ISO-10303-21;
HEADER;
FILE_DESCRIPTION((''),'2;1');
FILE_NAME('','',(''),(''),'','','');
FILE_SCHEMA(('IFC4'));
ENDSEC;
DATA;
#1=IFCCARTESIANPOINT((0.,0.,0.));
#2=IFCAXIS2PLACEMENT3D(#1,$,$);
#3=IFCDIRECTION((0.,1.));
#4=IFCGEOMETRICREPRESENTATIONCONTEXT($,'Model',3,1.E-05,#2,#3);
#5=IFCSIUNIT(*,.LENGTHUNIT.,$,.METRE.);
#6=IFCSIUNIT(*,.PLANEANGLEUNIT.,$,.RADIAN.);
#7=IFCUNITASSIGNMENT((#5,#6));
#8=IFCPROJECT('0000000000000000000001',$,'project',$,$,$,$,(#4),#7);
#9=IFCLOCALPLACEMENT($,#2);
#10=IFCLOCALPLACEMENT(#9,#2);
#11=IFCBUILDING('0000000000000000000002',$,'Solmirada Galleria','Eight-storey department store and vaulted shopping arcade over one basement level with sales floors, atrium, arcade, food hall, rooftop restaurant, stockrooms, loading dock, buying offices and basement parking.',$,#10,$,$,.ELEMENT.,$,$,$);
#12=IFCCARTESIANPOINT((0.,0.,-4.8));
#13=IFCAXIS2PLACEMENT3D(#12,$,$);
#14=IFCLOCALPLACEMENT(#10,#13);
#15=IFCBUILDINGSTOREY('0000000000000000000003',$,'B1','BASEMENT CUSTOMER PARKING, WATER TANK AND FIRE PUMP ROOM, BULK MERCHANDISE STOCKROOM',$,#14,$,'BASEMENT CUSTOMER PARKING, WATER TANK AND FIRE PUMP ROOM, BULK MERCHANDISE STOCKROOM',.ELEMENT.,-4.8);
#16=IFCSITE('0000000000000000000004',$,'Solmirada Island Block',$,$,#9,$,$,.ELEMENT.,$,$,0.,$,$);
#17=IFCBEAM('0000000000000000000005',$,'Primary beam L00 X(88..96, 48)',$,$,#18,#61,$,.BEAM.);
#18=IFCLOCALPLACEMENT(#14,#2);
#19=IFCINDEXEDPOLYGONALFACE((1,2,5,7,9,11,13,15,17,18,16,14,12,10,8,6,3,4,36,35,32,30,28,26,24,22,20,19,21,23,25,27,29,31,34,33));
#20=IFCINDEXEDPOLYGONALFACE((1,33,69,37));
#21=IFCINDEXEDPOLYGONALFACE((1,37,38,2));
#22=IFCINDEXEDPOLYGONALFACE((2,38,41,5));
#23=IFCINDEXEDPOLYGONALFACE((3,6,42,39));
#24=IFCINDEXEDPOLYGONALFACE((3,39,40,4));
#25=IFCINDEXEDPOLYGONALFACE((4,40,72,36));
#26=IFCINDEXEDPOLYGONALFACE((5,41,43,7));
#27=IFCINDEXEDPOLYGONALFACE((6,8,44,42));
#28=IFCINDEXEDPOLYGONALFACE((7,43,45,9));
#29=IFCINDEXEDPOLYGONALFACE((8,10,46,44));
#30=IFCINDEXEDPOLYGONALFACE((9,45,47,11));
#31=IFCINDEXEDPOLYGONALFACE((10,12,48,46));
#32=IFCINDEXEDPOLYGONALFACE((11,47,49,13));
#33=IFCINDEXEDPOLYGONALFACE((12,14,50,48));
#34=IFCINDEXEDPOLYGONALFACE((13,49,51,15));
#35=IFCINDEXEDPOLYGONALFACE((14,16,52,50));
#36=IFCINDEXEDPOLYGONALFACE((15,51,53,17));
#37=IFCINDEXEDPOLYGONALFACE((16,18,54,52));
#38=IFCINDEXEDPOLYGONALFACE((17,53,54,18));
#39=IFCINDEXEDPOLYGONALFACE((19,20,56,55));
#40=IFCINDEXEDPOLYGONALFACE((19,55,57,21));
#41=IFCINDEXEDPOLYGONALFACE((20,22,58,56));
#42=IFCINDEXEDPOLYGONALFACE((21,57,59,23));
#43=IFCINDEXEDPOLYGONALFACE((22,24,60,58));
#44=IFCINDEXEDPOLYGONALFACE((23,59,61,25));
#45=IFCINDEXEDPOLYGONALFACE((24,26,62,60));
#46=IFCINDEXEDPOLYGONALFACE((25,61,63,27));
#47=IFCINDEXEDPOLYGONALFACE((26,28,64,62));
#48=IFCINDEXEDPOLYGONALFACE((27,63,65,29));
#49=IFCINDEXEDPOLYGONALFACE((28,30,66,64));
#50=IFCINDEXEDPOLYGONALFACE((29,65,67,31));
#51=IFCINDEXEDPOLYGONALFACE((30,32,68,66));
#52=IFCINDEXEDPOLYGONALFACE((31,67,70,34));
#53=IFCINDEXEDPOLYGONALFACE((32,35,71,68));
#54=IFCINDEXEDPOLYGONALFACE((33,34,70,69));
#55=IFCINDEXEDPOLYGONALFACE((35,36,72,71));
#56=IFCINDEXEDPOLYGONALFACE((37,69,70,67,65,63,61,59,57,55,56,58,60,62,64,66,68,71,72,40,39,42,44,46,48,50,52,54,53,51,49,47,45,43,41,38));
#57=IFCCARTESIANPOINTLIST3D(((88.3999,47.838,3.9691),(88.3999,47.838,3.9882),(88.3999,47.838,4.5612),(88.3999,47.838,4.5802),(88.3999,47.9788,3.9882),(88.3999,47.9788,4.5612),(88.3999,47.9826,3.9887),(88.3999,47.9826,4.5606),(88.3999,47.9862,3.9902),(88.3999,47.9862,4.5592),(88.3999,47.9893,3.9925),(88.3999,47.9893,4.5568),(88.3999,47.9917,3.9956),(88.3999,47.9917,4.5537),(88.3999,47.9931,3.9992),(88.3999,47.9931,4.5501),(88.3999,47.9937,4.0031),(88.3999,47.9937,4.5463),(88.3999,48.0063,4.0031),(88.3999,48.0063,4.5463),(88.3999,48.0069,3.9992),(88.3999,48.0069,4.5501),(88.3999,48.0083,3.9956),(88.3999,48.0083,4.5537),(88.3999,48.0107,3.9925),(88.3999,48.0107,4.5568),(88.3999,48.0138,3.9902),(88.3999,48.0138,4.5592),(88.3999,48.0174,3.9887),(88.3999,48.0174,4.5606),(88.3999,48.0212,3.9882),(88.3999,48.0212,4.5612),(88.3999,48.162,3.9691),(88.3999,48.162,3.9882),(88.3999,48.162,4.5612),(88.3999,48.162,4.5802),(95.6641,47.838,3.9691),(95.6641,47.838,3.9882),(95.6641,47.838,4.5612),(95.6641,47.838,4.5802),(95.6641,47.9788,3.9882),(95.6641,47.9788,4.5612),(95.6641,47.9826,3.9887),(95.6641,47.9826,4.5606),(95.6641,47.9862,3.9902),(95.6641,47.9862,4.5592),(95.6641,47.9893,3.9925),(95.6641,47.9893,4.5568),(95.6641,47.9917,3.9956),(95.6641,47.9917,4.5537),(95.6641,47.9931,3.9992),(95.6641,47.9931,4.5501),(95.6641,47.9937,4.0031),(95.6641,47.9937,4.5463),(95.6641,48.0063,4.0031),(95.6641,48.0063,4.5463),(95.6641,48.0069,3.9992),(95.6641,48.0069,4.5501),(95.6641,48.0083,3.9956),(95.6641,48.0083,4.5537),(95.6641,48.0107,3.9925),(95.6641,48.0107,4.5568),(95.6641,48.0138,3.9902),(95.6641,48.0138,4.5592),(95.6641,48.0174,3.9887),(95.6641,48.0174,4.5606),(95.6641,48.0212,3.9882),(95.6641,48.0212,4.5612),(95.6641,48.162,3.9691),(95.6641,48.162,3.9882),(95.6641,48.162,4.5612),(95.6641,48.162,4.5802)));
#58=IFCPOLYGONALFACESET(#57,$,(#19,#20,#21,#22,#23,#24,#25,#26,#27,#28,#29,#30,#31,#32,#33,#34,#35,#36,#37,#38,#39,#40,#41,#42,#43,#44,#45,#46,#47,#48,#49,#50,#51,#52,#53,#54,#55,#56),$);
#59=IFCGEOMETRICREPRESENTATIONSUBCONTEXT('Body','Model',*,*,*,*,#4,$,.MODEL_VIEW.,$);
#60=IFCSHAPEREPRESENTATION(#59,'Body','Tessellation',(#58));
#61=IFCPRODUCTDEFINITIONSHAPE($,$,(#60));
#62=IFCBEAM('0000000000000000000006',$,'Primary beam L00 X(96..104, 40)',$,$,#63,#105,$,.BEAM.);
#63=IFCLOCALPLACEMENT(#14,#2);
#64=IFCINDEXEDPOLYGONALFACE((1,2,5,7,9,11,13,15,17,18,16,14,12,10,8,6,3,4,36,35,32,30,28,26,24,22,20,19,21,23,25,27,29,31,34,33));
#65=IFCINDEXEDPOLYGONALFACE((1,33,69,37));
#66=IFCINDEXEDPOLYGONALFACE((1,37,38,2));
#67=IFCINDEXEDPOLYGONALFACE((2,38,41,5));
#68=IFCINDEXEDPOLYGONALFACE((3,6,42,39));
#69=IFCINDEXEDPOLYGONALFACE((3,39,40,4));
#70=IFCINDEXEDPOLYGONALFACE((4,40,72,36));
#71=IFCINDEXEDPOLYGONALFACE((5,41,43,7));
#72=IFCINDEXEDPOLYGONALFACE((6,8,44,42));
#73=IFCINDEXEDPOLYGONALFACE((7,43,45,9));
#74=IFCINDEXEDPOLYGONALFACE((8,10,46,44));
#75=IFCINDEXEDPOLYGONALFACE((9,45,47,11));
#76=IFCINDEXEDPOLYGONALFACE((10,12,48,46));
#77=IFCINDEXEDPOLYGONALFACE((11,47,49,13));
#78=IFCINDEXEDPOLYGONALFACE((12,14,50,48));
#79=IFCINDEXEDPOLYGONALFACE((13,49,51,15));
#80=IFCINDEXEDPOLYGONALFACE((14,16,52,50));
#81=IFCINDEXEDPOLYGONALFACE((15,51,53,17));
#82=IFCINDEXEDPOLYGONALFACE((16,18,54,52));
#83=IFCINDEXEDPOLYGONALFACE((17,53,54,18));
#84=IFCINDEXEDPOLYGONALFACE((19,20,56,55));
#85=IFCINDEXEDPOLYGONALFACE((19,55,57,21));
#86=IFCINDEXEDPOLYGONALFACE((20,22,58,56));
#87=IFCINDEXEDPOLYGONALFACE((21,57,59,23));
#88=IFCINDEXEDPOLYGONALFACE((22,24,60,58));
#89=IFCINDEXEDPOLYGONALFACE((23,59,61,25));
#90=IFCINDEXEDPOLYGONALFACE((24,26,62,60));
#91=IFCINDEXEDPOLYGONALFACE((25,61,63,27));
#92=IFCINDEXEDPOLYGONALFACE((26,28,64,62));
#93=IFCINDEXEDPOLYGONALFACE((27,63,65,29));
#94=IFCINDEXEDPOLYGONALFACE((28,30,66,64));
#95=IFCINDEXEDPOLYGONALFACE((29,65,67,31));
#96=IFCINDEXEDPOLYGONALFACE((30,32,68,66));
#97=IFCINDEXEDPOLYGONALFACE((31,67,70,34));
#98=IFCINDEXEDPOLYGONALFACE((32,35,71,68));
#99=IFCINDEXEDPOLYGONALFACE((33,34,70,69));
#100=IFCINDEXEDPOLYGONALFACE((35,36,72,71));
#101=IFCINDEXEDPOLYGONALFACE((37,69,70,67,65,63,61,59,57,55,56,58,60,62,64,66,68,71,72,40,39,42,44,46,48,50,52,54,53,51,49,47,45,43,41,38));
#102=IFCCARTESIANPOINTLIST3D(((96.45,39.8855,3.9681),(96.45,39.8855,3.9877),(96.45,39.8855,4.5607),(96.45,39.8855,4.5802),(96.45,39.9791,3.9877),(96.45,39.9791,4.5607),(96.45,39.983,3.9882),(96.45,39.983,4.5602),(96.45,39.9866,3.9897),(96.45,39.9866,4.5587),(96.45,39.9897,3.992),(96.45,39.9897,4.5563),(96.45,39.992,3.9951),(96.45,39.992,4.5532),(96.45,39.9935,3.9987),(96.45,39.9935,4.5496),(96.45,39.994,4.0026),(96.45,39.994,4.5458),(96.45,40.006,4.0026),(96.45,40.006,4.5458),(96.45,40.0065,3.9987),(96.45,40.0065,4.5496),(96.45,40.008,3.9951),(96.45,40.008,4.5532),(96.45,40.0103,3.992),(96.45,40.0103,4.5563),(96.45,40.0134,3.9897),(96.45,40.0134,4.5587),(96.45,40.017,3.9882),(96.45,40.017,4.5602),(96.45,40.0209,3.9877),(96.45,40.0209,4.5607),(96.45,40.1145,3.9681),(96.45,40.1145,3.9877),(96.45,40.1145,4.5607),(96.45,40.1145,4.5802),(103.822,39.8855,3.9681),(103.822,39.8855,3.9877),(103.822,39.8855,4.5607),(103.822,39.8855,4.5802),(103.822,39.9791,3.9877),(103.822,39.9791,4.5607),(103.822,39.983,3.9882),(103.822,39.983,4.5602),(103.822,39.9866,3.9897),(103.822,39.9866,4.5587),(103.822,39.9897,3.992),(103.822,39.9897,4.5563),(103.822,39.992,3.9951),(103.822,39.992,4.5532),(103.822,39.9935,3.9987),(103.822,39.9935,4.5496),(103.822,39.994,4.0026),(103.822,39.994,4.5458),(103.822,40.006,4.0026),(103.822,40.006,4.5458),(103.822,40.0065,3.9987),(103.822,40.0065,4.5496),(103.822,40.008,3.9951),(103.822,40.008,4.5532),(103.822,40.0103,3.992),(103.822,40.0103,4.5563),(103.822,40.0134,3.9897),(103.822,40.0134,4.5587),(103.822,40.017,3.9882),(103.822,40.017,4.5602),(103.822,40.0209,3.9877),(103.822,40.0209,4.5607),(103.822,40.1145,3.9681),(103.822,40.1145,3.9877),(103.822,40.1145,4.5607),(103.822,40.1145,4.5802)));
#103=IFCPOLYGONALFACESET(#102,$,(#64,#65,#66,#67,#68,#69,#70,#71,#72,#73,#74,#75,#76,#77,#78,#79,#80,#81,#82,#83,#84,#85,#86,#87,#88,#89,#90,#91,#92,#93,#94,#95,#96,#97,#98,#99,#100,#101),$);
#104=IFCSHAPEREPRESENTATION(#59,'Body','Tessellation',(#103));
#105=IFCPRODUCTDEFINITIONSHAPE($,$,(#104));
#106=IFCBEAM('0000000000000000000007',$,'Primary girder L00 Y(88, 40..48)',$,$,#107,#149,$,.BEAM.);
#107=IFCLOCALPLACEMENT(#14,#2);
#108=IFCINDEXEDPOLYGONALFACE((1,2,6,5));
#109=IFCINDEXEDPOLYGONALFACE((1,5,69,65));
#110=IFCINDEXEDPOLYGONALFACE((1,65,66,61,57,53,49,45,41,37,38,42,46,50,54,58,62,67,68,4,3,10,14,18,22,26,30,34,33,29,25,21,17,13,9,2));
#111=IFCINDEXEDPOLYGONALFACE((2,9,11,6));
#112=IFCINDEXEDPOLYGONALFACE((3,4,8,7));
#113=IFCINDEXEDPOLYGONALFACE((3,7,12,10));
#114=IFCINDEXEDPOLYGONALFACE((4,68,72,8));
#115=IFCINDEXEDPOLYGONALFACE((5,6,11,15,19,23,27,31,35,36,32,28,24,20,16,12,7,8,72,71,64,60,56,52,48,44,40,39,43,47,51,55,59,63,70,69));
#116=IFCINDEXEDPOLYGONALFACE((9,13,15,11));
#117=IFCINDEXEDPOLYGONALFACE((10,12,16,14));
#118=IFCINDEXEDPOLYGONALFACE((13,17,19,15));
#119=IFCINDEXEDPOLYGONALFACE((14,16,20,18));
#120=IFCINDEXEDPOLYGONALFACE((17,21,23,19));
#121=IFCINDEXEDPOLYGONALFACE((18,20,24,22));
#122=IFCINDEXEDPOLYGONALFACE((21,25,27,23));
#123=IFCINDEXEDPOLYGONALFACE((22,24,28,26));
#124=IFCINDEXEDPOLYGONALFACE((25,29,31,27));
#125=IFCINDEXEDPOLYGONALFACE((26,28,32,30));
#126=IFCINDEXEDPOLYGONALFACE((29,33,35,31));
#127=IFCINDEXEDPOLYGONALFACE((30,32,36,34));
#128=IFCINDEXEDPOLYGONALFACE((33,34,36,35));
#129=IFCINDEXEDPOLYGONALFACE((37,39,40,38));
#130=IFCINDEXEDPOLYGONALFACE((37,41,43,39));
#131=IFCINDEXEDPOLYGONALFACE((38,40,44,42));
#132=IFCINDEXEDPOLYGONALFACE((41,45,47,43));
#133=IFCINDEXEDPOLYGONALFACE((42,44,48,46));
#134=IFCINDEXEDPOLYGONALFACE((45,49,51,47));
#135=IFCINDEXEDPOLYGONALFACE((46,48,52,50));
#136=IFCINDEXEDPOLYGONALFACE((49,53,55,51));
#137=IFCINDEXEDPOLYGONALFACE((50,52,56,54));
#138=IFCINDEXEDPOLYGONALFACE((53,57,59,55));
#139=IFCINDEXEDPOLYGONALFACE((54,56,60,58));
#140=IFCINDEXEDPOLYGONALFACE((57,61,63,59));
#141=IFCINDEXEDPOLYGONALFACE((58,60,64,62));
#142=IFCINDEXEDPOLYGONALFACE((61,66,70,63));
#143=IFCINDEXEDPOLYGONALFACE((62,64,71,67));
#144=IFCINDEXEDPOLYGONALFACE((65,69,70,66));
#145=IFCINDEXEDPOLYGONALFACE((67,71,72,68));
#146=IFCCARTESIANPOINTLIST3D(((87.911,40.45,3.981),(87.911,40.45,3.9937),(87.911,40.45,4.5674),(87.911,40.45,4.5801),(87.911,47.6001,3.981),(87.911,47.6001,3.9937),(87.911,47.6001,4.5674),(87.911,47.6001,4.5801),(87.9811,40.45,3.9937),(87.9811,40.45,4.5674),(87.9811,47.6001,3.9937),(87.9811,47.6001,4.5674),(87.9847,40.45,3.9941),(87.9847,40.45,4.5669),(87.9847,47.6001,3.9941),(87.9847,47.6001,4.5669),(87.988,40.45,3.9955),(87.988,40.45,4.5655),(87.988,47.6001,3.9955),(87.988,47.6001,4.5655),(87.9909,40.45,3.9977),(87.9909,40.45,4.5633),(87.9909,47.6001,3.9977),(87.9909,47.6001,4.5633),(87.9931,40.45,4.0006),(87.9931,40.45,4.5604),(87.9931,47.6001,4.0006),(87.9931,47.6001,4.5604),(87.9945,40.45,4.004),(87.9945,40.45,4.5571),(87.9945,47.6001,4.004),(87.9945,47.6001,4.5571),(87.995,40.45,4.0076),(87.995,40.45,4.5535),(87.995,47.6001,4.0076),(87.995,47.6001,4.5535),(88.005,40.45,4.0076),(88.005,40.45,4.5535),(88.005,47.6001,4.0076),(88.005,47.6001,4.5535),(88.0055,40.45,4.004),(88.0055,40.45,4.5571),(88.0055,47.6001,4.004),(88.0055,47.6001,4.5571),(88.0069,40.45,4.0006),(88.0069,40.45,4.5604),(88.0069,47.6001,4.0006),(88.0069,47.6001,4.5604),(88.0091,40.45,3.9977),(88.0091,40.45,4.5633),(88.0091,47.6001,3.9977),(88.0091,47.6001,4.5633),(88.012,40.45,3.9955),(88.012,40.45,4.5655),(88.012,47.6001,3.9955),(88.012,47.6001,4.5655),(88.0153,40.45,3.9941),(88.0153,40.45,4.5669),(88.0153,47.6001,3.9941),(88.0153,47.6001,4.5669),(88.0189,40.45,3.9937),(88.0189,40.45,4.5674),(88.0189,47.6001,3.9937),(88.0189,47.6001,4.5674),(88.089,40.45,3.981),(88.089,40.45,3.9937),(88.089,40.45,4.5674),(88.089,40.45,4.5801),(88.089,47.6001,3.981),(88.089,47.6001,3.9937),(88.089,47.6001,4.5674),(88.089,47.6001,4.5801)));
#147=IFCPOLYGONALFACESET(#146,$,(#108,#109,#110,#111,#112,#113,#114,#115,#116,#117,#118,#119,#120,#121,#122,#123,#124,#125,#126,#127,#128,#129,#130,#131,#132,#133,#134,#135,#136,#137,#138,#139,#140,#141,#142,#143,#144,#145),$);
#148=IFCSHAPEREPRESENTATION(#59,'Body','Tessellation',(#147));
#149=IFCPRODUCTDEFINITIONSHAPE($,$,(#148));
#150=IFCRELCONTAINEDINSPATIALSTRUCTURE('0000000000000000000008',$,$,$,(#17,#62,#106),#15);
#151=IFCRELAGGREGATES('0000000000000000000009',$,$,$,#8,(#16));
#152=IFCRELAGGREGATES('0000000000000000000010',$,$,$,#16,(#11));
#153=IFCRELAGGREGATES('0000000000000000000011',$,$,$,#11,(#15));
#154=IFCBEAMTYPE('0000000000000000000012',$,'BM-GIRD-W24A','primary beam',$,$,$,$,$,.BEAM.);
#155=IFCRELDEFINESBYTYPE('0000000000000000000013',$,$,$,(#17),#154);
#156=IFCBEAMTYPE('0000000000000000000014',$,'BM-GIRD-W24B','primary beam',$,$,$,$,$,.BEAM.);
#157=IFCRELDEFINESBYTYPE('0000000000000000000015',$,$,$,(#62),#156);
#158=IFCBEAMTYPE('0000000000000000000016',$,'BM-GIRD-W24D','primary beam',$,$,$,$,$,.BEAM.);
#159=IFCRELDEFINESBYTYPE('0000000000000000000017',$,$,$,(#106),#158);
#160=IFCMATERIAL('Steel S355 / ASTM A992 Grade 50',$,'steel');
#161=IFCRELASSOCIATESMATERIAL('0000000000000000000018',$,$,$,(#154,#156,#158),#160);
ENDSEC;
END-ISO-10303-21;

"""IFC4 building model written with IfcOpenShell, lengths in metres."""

from ifc_helpers import new_model, si_unit, direction, frame, origin, origin_2d, place, context, subcontext, project, spatial, i_section, extrude, material, material_profile, profile_set, type_object, element, save


model = new_model("IFC4")

# Units and contexts
model_context = context("Model", 3, precision=1e-05, world=origin(), true_north=direction((0.0, 1.0)))
body_context = subcontext(model_context, "Body", "Model", "MODEL_VIEW")
ifc_project = project(units=[si_unit("LENGTHUNIT", "METRE"), si_unit("PLANEANGLEUNIT", "RADIAN")], contexts=[model_context])

# Site, building, storey
site_placement = place(None, origin())
site = spatial("IfcSite", under=ifc_project, at=site_placement, Name="Solmirada Island Block", CompositionType="ELEMENT", RefElevation=0.0)
building_placement = place(site_placement, origin())
building = spatial("IfcBuilding", under=site, at=building_placement, Name="Solmirada Galleria", Description="Eight-storey department store and vaulted shopping arcade over one basement level with sales floors, atrium, arcade, food hall, rooftop restaurant, stockrooms, loading dock, buying offices and basement parking.", CompositionType="ELEMENT")
storey_placement = place(building_placement, frame((0.0, 0.0, -4.8)))
storey = spatial("IfcBuildingStorey", under=building, at=storey_placement, Name="B1", Description="BASEMENT CUSTOMER PARKING, WATER TANK AND FIRE PUMP ROOM, BULK MERCHANDISE STOCKROOM", LongName="BASEMENT CUSTOMER PARKING, WATER TANK AND FIRE PUMP ROOM, BULK MERCHANDISE STOCKROOM", CompositionType="ELEMENT", Elevation=-4.8)

# Beams
ifc_material_1 = material(Name="Steel S355 / ASTM A992 Grade 50", Category="steel")
ifc_material_profile_1 = material_profile(ifc_material_1, i_section(OverallWidth=0.324, OverallDepth=0.6111, WebThickness=0.0127, FlangeThickness=0.019, FilletRadius=0.0149, at=origin_2d()), Name="W24X104")
ifc_profile_set_1 = profile_set([ifc_material_profile_1], Name="Steel S355 / ASTM A992 Grade 50")
beam_type_1 = type_object("IfcBeamType", Name="BM-GIRD-W24A", Description="primary beam", PredefinedType="BEAM", material=ifc_profile_set_1)
beam_1_placement = place(storey_placement, frame((88.3999, 48.0, 4.2747), z_axis=(1.0, 0.0, 0.0), x_axis=(0.0, 1.0, 0.0)))
element("IfcBeam", 1, at=beam_1_placement, inside=storey, type_object=beam_type_1, Name="Primary beam L00 X(88..96, 48)", PredefinedType="BEAM", context=body_context, shape_type="SweptSolid", body=[
    extrude(i_section(OverallWidth=0.324, OverallDepth=0.6111, WebThickness=0.0127, FlangeThickness=0.019, FilletRadius=0.0149, at=origin_2d()), origin(), (0.0, 0.0, 1.0), 7.2642),
])
ifc_material_profile_2 = material_profile(ifc_material_1, i_section(OverallWidth=0.229, OverallDepth=0.6121, WebThickness=0.012, FlangeThickness=0.0195, FilletRadius=0.0149, at=origin_2d()), Name="W24X84")
ifc_profile_set_2 = profile_set([ifc_material_profile_2], Name="Steel S355 / ASTM A992 Grade 50")
beam_type_2 = type_object("IfcBeamType", Name="BM-GIRD-W24B", Description="primary beam", PredefinedType="BEAM", material=ifc_profile_set_2)
beam_2_placement = place(storey_placement, frame((96.45, 40.0, 4.2742), z_axis=(1.0, 0.0, 0.0), x_axis=(0.0, 1.0, 0.0)))
element("IfcBeam", 2, at=beam_2_placement, inside=storey, type_object=beam_type_2, Name="Primary beam L00 X(96..104, 40)", PredefinedType="BEAM", context=body_context, shape_type="SweptSolid", body=[
    extrude(i_section(OverallWidth=0.229, OverallDepth=0.6121, WebThickness=0.012, FlangeThickness=0.0195, FilletRadius=0.0149, at=origin_2d()), origin(), (0.0, 0.0, 1.0), 7.3721),
])
ifc_material_profile_3 = material_profile(ifc_material_1, i_section(OverallWidth=0.178, OverallDepth=0.5991, WebThickness=0.01, FlangeThickness=0.0127, FilletRadius=0.0139, at=origin_2d()), Name="W24X55")
ifc_profile_set_3 = profile_set([ifc_material_profile_3], Name="Steel S355 / ASTM A992 Grade 50")
beam_type_3 = type_object("IfcBeamType", Name="BM-GIRD-W24D", Description="primary beam", PredefinedType="BEAM", material=ifc_profile_set_3)
beam_3_placement = place(storey_placement, frame((88.0, 40.45, 4.2805), z_axis=(0.0, 1.0, 0.0), x_axis=(-1.0, 0.0, 0.0)))
element("IfcBeam", 3, at=beam_3_placement, inside=storey, type_object=beam_type_3, Name="Primary girder L00 Y(88, 40..48)", PredefinedType="BEAM", context=body_context, shape_type="SweptSolid", body=[
    extrude(i_section(OverallWidth=0.178, OverallDepth=0.5991, WebThickness=0.01, FlangeThickness=0.0127, FilletRadius=0.0139, at=origin_2d()), origin(), (0.0, 0.0, 1.0), 7.1501),
])

save(model, "model.ifc")
